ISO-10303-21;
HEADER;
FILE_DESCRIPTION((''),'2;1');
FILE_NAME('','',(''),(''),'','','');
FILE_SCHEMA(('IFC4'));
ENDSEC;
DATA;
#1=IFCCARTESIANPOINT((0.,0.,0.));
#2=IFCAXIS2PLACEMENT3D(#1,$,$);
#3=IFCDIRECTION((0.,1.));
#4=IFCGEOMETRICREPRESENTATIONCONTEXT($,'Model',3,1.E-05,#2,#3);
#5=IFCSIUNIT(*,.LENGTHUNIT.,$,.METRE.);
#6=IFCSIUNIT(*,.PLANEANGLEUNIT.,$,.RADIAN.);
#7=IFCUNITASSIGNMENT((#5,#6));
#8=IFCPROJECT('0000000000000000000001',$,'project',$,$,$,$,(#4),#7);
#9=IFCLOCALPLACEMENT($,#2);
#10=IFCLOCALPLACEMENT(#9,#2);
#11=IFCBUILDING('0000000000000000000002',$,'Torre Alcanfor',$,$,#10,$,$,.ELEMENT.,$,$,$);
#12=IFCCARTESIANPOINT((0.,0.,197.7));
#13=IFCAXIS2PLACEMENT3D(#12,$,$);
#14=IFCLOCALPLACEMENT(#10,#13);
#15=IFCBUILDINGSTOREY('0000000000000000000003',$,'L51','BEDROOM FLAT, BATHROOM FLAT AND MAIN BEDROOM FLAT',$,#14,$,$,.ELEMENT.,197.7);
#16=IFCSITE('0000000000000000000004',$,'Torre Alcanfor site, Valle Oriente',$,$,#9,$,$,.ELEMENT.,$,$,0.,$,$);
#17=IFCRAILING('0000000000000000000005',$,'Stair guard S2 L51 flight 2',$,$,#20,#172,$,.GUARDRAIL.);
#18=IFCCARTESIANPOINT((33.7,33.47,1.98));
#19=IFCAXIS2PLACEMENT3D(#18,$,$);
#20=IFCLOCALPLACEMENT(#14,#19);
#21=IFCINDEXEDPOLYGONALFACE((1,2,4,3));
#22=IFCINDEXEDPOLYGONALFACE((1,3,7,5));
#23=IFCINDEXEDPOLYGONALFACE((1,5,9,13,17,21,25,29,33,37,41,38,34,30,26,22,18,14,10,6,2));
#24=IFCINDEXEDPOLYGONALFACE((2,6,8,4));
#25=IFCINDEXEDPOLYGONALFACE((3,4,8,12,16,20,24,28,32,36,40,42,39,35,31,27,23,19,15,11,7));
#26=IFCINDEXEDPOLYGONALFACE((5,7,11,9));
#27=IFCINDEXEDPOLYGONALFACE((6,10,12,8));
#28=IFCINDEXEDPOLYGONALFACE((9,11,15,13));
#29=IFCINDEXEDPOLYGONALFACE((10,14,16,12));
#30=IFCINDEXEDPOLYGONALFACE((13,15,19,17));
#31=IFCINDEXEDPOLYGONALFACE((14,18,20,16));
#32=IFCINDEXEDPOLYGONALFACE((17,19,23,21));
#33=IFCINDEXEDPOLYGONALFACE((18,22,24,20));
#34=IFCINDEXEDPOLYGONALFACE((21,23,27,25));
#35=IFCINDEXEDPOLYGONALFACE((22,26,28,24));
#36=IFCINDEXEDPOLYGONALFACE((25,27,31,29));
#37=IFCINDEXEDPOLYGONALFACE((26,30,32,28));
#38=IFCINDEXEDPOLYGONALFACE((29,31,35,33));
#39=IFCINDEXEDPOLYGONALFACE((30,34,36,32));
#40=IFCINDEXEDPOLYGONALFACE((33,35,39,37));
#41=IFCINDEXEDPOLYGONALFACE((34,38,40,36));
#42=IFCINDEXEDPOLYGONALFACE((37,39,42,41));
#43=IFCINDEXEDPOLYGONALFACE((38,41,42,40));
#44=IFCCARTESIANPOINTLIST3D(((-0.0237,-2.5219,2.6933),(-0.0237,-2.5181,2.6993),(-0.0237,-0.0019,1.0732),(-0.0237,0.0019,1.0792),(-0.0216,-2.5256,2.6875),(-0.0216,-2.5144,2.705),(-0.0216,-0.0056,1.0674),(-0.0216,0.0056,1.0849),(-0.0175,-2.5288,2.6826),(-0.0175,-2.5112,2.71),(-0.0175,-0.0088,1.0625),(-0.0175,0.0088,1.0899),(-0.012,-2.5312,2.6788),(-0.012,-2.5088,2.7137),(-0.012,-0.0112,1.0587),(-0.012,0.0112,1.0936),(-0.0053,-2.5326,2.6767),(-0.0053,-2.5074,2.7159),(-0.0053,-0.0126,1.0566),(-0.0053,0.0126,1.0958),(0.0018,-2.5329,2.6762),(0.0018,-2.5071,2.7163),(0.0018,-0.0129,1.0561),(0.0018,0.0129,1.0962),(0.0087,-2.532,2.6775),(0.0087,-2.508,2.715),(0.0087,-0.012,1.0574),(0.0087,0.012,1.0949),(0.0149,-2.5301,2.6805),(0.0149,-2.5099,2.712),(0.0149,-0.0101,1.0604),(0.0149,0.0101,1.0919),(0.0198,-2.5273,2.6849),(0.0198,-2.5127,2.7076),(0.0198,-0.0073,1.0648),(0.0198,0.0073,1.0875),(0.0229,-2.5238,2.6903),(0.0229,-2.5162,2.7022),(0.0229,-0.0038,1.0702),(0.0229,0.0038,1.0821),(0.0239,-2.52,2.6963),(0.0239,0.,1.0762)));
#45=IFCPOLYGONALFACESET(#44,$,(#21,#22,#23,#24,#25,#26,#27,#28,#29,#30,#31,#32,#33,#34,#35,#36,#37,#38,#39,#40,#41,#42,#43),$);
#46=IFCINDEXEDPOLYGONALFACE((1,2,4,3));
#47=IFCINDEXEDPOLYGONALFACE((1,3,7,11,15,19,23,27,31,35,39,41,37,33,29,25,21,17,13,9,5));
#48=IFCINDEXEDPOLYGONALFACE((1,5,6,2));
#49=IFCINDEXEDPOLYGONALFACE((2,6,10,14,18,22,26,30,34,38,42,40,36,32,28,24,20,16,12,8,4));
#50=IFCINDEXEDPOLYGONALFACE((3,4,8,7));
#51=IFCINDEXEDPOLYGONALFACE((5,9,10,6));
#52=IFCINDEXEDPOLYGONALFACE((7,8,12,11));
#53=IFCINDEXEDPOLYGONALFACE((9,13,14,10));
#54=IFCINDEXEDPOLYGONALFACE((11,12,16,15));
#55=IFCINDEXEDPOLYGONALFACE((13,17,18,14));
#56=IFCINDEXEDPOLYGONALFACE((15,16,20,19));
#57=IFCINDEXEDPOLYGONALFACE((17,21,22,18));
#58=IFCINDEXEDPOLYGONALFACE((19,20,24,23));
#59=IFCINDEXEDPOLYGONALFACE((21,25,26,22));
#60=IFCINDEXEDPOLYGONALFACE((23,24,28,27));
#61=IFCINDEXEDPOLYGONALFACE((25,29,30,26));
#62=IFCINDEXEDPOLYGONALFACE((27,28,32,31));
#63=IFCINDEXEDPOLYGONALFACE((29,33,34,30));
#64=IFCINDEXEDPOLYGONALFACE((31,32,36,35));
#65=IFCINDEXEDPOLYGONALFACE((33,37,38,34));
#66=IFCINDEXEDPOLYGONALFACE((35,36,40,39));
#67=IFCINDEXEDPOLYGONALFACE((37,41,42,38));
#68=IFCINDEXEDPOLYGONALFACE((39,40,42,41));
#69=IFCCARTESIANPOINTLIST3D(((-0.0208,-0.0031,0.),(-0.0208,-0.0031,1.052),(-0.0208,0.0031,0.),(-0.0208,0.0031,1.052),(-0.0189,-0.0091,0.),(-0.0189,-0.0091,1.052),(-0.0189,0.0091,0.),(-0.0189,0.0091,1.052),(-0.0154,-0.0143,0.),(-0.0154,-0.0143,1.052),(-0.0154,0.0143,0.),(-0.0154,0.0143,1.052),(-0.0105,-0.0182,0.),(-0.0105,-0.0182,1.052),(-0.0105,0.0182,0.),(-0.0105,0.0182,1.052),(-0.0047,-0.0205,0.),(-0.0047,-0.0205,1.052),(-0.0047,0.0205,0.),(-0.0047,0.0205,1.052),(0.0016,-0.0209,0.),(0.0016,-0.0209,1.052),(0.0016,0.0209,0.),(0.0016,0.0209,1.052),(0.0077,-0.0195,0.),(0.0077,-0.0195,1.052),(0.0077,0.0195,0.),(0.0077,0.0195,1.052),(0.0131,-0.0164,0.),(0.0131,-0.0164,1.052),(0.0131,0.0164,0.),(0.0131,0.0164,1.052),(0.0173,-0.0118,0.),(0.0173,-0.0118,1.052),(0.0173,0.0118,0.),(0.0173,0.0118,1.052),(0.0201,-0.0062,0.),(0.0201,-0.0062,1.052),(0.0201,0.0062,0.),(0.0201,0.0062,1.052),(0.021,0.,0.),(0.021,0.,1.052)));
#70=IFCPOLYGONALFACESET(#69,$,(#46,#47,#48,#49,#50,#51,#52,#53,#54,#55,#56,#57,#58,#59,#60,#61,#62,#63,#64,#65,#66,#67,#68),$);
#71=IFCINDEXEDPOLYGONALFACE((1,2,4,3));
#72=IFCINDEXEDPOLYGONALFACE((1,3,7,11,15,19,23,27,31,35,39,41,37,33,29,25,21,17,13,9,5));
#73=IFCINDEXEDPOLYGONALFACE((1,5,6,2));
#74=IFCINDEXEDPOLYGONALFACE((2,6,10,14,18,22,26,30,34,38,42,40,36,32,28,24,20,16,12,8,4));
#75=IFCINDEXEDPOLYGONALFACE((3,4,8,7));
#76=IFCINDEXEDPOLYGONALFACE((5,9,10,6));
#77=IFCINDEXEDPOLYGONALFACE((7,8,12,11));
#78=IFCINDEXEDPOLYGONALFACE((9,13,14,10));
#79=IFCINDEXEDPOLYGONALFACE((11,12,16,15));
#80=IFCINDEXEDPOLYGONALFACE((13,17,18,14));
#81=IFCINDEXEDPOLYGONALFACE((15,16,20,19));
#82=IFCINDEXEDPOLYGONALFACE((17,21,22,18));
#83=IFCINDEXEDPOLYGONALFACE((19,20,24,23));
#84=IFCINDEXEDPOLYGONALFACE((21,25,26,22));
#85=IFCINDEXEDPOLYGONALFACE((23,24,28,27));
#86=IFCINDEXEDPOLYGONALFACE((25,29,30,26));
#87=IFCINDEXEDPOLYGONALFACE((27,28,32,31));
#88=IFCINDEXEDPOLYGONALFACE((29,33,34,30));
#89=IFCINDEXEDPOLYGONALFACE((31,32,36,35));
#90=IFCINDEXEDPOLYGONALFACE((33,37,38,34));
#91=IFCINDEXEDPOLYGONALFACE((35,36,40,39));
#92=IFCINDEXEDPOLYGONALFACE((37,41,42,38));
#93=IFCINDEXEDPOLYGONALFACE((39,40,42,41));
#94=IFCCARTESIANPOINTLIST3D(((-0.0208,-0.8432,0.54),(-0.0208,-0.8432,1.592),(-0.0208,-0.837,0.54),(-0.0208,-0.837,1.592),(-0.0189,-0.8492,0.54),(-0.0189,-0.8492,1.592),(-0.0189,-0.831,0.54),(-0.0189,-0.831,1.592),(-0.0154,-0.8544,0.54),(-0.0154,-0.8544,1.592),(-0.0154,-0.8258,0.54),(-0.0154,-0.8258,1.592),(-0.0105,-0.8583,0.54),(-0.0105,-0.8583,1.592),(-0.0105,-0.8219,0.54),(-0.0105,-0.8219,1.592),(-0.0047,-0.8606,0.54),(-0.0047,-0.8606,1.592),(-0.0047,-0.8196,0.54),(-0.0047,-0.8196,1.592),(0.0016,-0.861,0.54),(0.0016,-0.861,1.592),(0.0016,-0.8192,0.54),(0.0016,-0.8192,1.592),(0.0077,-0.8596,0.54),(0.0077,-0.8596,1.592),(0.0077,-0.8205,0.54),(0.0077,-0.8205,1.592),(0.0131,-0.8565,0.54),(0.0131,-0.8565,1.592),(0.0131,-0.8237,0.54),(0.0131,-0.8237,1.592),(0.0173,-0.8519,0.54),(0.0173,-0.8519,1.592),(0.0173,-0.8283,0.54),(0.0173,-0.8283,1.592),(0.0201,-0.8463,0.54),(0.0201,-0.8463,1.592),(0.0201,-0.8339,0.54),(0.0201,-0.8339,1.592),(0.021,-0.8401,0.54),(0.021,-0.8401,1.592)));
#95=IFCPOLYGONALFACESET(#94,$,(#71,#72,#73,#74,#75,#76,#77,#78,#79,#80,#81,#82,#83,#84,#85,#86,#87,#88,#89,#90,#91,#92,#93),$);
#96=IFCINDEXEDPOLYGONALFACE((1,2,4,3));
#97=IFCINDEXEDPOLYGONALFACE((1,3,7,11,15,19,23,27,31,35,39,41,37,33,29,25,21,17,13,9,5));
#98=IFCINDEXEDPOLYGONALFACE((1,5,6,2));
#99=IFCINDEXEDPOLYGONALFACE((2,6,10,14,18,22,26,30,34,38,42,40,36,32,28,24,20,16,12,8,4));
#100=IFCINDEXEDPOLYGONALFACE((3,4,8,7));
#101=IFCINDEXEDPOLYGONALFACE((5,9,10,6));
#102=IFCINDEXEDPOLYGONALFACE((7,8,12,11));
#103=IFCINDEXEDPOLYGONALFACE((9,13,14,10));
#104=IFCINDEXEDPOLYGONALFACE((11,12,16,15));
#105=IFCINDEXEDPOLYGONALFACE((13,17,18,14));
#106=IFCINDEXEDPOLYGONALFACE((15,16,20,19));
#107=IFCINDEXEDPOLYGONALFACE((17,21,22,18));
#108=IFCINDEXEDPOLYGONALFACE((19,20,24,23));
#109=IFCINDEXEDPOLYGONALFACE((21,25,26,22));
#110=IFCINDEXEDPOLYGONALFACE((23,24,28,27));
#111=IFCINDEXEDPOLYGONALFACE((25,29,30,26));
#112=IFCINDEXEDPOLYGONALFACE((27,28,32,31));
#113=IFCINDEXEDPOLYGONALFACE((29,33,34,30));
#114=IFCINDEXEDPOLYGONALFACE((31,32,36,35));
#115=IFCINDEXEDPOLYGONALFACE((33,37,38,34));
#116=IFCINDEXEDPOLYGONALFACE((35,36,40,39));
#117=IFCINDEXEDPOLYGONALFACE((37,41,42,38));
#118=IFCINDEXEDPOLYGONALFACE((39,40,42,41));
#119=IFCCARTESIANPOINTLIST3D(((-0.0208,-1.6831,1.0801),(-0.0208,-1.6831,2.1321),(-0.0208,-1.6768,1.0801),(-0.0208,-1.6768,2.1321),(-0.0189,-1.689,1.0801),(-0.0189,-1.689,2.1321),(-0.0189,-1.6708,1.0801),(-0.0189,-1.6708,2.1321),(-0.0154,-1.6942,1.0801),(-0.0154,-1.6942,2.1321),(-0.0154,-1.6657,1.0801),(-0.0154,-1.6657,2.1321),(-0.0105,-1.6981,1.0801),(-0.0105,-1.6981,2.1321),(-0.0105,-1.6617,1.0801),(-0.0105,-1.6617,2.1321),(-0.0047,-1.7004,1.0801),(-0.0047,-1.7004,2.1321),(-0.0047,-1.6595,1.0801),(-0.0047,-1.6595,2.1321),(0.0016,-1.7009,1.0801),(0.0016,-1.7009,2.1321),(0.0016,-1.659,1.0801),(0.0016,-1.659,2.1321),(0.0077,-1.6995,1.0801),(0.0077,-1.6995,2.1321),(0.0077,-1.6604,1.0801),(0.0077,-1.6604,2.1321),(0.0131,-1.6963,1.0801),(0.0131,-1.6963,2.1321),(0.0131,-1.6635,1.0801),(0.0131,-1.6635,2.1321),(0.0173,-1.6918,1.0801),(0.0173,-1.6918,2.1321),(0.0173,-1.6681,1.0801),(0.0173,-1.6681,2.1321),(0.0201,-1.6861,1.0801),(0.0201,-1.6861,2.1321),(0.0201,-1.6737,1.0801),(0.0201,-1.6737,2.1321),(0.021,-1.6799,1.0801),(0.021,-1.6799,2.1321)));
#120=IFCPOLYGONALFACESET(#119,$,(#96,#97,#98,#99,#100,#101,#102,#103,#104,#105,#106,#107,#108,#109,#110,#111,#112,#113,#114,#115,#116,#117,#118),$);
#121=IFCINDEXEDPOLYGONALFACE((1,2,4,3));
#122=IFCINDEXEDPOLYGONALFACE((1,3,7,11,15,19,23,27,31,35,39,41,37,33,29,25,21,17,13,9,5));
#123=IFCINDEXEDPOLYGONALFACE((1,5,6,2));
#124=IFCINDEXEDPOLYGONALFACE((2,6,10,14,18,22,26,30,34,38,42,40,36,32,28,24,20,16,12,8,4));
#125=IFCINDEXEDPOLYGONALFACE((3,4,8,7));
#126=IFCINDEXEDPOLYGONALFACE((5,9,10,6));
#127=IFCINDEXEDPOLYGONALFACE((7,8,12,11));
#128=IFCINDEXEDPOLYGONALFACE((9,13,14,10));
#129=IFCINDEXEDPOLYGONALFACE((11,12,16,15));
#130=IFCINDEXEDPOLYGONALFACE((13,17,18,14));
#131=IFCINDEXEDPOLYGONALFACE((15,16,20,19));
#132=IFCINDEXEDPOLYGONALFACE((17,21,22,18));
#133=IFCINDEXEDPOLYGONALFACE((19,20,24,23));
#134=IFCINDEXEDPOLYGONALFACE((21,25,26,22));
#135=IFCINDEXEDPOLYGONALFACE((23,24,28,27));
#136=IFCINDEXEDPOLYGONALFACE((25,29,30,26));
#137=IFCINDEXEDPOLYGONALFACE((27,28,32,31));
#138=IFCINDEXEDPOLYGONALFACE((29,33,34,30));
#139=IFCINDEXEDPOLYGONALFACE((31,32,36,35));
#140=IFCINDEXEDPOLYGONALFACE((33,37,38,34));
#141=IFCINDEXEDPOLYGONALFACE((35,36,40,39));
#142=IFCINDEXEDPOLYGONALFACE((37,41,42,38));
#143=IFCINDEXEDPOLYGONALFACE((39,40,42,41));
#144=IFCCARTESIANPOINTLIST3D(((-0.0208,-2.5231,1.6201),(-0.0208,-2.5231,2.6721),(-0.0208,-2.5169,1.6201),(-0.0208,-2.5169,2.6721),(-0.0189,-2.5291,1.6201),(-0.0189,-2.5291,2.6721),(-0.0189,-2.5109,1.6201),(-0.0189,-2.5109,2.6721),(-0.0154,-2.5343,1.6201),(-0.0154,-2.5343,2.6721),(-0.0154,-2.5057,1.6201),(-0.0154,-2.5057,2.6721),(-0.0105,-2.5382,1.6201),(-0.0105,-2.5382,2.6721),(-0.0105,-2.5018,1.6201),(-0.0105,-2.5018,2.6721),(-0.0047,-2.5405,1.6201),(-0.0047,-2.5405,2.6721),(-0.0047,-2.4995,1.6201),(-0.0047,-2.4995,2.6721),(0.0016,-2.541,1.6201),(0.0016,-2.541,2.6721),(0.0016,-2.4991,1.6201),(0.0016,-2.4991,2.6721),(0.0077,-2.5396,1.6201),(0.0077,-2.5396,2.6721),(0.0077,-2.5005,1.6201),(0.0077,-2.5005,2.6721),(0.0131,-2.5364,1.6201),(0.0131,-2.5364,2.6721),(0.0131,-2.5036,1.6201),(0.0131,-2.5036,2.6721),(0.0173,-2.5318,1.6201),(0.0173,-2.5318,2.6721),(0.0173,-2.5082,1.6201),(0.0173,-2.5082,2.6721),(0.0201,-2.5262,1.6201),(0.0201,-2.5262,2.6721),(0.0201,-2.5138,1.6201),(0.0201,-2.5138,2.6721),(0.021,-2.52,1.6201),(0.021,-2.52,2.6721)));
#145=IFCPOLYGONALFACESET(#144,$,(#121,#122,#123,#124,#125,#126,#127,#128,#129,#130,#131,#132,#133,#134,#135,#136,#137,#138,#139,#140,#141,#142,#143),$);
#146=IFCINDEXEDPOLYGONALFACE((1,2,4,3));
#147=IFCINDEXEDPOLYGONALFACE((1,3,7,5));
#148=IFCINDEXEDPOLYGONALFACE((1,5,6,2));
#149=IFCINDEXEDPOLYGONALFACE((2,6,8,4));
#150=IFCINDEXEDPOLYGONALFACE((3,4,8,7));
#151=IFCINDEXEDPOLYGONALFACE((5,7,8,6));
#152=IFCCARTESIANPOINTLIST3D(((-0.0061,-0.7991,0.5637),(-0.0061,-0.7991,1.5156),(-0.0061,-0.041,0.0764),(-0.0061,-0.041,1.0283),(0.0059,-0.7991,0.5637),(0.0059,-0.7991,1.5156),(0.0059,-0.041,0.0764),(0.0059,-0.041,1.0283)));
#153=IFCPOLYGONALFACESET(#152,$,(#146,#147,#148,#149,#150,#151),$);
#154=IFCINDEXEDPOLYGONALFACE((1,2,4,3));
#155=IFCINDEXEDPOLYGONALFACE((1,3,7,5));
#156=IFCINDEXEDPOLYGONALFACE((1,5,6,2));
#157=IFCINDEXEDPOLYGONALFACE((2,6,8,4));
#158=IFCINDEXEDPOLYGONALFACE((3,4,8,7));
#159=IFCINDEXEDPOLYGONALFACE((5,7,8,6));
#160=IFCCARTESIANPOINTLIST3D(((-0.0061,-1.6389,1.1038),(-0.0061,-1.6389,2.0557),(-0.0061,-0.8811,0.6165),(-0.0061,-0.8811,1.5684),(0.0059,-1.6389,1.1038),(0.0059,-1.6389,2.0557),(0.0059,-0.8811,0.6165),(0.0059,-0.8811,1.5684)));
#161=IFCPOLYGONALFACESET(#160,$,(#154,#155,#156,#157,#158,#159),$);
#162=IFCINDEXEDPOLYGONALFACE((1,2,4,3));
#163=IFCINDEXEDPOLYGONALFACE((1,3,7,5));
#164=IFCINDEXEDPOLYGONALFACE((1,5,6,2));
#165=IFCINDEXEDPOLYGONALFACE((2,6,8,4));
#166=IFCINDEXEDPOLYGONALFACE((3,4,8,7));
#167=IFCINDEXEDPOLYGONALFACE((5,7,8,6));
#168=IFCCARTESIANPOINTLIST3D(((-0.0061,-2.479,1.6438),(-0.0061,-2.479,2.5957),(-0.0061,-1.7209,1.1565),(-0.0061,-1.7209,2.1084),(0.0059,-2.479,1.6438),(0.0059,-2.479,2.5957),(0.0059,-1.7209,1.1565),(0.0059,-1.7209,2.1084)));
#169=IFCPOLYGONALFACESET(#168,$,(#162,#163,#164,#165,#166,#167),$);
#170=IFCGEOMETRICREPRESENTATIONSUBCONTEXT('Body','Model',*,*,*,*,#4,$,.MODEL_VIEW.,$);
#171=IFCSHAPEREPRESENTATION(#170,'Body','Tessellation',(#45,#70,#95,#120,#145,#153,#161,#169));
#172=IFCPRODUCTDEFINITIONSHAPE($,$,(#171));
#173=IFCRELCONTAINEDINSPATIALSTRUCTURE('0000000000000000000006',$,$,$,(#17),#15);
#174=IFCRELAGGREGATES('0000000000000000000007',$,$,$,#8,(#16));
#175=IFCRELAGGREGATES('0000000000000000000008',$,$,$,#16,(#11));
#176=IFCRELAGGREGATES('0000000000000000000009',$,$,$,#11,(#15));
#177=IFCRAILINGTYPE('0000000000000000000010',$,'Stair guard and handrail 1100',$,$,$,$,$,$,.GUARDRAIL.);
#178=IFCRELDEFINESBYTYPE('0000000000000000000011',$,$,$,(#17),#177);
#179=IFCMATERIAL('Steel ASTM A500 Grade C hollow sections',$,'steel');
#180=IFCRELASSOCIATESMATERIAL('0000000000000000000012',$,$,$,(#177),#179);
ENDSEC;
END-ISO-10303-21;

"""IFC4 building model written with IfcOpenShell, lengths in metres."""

from ifc_helpers import new_model, si_unit, direction, frame, origin, origin_2d, place, context, subcontext, project, spatial, polyline, circle, outline, extrude, material, type_object, element, save


model = new_model("IFC4")

# Units and contexts
model_context = context("Model", 3, precision=1e-05, world=origin(), true_north=direction((0.0, 1.0)))
body_context = subcontext(model_context, "Body", "Model", "MODEL_VIEW")
ifc_project = project(units=[si_unit("LENGTHUNIT", "METRE"), si_unit("PLANEANGLEUNIT", "RADIAN")], contexts=[model_context])

# Site, building, storey
site_placement = place(None, origin())
site = spatial("IfcSite", under=ifc_project, at=site_placement, Name="Torre Alcanfor site, Valle Oriente", CompositionType="ELEMENT", RefElevation=0.0)
building_placement = place(site_placement, origin())
building = spatial("IfcBuilding", under=site, at=building_placement, Name="Torre Alcanfor", CompositionType="ELEMENT")
storey_placement = place(building_placement, frame((0.0, 0.0, 197.7)))
storey = spatial("IfcBuildingStorey", under=building, at=storey_placement, Name="L51", Description="BEDROOM FLAT, BATHROOM FLAT AND MAIN BEDROOM FLAT", CompositionType="ELEMENT", Elevation=197.7)

# Railing
ifc_material_1 = material(Name="Steel ASTM A500 Grade C hollow sections", Category="steel")
railing_type_1 = type_object("IfcRailingType", Name="Stair guard and handrail 1100", PredefinedType="GUARDRAIL", material=ifc_material_1)
railing_1_placement = place(storey_placement, frame((33.7, 33.47, 1.98)))
element("IfcRailing", 1, at=railing_1_placement, inside=storey, type_object=railing_type_1, Name="Stair guard S2 L51 flight 2", PredefinedType="GUARDRAIL", context=body_context, shape_type="SweptSolid", body=[
    extrude(circle(Radius=0.0239, at=origin_2d()), frame((0.0, 0.0, 1.0762), z_axis=(0.0, -0.841163, 0.540782), x_axis=(1.0, 0.0, 0.0)), (0.0, 0.0, 1.0), 2.9958),
    extrude(circle(Radius=0.021, at=origin_2d()), origin(), (0.0, 0.0, 1.0), 1.052),
    extrude(circle(Radius=0.021, at=origin_2d()), frame((0.0, -0.8401, 0.54)), (0.0, 0.0, 1.0), 1.052),
    extrude(circle(Radius=0.021, at=origin_2d()), frame((0.0, -1.6799, 1.0801)), (0.0, 0.0, 1.0), 1.052),
    extrude(circle(Radius=0.021, at=origin_2d()), frame((0.0, -2.52, 1.6201)), (0.0, 0.0, 1.0), 1.052),
    extrude(outline(polyline([(0.041, 0.0764), (0.7991, 0.5637), (0.7991, 1.5156), (0.041, 1.0283), (0.041, 0.0764)])), frame((0.0059, 0.0, 0.0), z_axis=(-1.0, 0.0, 0.0), x_axis=(0.0, -1.0, 0.0)), (0.0, 0.0, 1.0), 0.012),
    extrude(outline(polyline([(0.8811, 0.6165), (1.6389, 1.1038), (1.6389, 2.0557), (0.8811, 1.5684), (0.8811, 0.6165)])), frame((0.0059, 0.0, 0.0), z_axis=(-1.0, 0.0, 0.0), x_axis=(0.0, -1.0, 0.0)), (0.0, 0.0, 1.0), 0.012),
    extrude(outline(polyline([(1.7209, 1.1565), (2.479, 1.6438), (2.479, 2.5957), (1.7209, 2.1084), (1.7209, 1.1565)])), frame((0.0059, 0.0, 0.0), z_axis=(-1.0, 0.0, 0.0), x_axis=(0.0, -1.0, 0.0)), (0.0, 0.0, 1.0), 0.012),
])

save(model, "model.ifc")
